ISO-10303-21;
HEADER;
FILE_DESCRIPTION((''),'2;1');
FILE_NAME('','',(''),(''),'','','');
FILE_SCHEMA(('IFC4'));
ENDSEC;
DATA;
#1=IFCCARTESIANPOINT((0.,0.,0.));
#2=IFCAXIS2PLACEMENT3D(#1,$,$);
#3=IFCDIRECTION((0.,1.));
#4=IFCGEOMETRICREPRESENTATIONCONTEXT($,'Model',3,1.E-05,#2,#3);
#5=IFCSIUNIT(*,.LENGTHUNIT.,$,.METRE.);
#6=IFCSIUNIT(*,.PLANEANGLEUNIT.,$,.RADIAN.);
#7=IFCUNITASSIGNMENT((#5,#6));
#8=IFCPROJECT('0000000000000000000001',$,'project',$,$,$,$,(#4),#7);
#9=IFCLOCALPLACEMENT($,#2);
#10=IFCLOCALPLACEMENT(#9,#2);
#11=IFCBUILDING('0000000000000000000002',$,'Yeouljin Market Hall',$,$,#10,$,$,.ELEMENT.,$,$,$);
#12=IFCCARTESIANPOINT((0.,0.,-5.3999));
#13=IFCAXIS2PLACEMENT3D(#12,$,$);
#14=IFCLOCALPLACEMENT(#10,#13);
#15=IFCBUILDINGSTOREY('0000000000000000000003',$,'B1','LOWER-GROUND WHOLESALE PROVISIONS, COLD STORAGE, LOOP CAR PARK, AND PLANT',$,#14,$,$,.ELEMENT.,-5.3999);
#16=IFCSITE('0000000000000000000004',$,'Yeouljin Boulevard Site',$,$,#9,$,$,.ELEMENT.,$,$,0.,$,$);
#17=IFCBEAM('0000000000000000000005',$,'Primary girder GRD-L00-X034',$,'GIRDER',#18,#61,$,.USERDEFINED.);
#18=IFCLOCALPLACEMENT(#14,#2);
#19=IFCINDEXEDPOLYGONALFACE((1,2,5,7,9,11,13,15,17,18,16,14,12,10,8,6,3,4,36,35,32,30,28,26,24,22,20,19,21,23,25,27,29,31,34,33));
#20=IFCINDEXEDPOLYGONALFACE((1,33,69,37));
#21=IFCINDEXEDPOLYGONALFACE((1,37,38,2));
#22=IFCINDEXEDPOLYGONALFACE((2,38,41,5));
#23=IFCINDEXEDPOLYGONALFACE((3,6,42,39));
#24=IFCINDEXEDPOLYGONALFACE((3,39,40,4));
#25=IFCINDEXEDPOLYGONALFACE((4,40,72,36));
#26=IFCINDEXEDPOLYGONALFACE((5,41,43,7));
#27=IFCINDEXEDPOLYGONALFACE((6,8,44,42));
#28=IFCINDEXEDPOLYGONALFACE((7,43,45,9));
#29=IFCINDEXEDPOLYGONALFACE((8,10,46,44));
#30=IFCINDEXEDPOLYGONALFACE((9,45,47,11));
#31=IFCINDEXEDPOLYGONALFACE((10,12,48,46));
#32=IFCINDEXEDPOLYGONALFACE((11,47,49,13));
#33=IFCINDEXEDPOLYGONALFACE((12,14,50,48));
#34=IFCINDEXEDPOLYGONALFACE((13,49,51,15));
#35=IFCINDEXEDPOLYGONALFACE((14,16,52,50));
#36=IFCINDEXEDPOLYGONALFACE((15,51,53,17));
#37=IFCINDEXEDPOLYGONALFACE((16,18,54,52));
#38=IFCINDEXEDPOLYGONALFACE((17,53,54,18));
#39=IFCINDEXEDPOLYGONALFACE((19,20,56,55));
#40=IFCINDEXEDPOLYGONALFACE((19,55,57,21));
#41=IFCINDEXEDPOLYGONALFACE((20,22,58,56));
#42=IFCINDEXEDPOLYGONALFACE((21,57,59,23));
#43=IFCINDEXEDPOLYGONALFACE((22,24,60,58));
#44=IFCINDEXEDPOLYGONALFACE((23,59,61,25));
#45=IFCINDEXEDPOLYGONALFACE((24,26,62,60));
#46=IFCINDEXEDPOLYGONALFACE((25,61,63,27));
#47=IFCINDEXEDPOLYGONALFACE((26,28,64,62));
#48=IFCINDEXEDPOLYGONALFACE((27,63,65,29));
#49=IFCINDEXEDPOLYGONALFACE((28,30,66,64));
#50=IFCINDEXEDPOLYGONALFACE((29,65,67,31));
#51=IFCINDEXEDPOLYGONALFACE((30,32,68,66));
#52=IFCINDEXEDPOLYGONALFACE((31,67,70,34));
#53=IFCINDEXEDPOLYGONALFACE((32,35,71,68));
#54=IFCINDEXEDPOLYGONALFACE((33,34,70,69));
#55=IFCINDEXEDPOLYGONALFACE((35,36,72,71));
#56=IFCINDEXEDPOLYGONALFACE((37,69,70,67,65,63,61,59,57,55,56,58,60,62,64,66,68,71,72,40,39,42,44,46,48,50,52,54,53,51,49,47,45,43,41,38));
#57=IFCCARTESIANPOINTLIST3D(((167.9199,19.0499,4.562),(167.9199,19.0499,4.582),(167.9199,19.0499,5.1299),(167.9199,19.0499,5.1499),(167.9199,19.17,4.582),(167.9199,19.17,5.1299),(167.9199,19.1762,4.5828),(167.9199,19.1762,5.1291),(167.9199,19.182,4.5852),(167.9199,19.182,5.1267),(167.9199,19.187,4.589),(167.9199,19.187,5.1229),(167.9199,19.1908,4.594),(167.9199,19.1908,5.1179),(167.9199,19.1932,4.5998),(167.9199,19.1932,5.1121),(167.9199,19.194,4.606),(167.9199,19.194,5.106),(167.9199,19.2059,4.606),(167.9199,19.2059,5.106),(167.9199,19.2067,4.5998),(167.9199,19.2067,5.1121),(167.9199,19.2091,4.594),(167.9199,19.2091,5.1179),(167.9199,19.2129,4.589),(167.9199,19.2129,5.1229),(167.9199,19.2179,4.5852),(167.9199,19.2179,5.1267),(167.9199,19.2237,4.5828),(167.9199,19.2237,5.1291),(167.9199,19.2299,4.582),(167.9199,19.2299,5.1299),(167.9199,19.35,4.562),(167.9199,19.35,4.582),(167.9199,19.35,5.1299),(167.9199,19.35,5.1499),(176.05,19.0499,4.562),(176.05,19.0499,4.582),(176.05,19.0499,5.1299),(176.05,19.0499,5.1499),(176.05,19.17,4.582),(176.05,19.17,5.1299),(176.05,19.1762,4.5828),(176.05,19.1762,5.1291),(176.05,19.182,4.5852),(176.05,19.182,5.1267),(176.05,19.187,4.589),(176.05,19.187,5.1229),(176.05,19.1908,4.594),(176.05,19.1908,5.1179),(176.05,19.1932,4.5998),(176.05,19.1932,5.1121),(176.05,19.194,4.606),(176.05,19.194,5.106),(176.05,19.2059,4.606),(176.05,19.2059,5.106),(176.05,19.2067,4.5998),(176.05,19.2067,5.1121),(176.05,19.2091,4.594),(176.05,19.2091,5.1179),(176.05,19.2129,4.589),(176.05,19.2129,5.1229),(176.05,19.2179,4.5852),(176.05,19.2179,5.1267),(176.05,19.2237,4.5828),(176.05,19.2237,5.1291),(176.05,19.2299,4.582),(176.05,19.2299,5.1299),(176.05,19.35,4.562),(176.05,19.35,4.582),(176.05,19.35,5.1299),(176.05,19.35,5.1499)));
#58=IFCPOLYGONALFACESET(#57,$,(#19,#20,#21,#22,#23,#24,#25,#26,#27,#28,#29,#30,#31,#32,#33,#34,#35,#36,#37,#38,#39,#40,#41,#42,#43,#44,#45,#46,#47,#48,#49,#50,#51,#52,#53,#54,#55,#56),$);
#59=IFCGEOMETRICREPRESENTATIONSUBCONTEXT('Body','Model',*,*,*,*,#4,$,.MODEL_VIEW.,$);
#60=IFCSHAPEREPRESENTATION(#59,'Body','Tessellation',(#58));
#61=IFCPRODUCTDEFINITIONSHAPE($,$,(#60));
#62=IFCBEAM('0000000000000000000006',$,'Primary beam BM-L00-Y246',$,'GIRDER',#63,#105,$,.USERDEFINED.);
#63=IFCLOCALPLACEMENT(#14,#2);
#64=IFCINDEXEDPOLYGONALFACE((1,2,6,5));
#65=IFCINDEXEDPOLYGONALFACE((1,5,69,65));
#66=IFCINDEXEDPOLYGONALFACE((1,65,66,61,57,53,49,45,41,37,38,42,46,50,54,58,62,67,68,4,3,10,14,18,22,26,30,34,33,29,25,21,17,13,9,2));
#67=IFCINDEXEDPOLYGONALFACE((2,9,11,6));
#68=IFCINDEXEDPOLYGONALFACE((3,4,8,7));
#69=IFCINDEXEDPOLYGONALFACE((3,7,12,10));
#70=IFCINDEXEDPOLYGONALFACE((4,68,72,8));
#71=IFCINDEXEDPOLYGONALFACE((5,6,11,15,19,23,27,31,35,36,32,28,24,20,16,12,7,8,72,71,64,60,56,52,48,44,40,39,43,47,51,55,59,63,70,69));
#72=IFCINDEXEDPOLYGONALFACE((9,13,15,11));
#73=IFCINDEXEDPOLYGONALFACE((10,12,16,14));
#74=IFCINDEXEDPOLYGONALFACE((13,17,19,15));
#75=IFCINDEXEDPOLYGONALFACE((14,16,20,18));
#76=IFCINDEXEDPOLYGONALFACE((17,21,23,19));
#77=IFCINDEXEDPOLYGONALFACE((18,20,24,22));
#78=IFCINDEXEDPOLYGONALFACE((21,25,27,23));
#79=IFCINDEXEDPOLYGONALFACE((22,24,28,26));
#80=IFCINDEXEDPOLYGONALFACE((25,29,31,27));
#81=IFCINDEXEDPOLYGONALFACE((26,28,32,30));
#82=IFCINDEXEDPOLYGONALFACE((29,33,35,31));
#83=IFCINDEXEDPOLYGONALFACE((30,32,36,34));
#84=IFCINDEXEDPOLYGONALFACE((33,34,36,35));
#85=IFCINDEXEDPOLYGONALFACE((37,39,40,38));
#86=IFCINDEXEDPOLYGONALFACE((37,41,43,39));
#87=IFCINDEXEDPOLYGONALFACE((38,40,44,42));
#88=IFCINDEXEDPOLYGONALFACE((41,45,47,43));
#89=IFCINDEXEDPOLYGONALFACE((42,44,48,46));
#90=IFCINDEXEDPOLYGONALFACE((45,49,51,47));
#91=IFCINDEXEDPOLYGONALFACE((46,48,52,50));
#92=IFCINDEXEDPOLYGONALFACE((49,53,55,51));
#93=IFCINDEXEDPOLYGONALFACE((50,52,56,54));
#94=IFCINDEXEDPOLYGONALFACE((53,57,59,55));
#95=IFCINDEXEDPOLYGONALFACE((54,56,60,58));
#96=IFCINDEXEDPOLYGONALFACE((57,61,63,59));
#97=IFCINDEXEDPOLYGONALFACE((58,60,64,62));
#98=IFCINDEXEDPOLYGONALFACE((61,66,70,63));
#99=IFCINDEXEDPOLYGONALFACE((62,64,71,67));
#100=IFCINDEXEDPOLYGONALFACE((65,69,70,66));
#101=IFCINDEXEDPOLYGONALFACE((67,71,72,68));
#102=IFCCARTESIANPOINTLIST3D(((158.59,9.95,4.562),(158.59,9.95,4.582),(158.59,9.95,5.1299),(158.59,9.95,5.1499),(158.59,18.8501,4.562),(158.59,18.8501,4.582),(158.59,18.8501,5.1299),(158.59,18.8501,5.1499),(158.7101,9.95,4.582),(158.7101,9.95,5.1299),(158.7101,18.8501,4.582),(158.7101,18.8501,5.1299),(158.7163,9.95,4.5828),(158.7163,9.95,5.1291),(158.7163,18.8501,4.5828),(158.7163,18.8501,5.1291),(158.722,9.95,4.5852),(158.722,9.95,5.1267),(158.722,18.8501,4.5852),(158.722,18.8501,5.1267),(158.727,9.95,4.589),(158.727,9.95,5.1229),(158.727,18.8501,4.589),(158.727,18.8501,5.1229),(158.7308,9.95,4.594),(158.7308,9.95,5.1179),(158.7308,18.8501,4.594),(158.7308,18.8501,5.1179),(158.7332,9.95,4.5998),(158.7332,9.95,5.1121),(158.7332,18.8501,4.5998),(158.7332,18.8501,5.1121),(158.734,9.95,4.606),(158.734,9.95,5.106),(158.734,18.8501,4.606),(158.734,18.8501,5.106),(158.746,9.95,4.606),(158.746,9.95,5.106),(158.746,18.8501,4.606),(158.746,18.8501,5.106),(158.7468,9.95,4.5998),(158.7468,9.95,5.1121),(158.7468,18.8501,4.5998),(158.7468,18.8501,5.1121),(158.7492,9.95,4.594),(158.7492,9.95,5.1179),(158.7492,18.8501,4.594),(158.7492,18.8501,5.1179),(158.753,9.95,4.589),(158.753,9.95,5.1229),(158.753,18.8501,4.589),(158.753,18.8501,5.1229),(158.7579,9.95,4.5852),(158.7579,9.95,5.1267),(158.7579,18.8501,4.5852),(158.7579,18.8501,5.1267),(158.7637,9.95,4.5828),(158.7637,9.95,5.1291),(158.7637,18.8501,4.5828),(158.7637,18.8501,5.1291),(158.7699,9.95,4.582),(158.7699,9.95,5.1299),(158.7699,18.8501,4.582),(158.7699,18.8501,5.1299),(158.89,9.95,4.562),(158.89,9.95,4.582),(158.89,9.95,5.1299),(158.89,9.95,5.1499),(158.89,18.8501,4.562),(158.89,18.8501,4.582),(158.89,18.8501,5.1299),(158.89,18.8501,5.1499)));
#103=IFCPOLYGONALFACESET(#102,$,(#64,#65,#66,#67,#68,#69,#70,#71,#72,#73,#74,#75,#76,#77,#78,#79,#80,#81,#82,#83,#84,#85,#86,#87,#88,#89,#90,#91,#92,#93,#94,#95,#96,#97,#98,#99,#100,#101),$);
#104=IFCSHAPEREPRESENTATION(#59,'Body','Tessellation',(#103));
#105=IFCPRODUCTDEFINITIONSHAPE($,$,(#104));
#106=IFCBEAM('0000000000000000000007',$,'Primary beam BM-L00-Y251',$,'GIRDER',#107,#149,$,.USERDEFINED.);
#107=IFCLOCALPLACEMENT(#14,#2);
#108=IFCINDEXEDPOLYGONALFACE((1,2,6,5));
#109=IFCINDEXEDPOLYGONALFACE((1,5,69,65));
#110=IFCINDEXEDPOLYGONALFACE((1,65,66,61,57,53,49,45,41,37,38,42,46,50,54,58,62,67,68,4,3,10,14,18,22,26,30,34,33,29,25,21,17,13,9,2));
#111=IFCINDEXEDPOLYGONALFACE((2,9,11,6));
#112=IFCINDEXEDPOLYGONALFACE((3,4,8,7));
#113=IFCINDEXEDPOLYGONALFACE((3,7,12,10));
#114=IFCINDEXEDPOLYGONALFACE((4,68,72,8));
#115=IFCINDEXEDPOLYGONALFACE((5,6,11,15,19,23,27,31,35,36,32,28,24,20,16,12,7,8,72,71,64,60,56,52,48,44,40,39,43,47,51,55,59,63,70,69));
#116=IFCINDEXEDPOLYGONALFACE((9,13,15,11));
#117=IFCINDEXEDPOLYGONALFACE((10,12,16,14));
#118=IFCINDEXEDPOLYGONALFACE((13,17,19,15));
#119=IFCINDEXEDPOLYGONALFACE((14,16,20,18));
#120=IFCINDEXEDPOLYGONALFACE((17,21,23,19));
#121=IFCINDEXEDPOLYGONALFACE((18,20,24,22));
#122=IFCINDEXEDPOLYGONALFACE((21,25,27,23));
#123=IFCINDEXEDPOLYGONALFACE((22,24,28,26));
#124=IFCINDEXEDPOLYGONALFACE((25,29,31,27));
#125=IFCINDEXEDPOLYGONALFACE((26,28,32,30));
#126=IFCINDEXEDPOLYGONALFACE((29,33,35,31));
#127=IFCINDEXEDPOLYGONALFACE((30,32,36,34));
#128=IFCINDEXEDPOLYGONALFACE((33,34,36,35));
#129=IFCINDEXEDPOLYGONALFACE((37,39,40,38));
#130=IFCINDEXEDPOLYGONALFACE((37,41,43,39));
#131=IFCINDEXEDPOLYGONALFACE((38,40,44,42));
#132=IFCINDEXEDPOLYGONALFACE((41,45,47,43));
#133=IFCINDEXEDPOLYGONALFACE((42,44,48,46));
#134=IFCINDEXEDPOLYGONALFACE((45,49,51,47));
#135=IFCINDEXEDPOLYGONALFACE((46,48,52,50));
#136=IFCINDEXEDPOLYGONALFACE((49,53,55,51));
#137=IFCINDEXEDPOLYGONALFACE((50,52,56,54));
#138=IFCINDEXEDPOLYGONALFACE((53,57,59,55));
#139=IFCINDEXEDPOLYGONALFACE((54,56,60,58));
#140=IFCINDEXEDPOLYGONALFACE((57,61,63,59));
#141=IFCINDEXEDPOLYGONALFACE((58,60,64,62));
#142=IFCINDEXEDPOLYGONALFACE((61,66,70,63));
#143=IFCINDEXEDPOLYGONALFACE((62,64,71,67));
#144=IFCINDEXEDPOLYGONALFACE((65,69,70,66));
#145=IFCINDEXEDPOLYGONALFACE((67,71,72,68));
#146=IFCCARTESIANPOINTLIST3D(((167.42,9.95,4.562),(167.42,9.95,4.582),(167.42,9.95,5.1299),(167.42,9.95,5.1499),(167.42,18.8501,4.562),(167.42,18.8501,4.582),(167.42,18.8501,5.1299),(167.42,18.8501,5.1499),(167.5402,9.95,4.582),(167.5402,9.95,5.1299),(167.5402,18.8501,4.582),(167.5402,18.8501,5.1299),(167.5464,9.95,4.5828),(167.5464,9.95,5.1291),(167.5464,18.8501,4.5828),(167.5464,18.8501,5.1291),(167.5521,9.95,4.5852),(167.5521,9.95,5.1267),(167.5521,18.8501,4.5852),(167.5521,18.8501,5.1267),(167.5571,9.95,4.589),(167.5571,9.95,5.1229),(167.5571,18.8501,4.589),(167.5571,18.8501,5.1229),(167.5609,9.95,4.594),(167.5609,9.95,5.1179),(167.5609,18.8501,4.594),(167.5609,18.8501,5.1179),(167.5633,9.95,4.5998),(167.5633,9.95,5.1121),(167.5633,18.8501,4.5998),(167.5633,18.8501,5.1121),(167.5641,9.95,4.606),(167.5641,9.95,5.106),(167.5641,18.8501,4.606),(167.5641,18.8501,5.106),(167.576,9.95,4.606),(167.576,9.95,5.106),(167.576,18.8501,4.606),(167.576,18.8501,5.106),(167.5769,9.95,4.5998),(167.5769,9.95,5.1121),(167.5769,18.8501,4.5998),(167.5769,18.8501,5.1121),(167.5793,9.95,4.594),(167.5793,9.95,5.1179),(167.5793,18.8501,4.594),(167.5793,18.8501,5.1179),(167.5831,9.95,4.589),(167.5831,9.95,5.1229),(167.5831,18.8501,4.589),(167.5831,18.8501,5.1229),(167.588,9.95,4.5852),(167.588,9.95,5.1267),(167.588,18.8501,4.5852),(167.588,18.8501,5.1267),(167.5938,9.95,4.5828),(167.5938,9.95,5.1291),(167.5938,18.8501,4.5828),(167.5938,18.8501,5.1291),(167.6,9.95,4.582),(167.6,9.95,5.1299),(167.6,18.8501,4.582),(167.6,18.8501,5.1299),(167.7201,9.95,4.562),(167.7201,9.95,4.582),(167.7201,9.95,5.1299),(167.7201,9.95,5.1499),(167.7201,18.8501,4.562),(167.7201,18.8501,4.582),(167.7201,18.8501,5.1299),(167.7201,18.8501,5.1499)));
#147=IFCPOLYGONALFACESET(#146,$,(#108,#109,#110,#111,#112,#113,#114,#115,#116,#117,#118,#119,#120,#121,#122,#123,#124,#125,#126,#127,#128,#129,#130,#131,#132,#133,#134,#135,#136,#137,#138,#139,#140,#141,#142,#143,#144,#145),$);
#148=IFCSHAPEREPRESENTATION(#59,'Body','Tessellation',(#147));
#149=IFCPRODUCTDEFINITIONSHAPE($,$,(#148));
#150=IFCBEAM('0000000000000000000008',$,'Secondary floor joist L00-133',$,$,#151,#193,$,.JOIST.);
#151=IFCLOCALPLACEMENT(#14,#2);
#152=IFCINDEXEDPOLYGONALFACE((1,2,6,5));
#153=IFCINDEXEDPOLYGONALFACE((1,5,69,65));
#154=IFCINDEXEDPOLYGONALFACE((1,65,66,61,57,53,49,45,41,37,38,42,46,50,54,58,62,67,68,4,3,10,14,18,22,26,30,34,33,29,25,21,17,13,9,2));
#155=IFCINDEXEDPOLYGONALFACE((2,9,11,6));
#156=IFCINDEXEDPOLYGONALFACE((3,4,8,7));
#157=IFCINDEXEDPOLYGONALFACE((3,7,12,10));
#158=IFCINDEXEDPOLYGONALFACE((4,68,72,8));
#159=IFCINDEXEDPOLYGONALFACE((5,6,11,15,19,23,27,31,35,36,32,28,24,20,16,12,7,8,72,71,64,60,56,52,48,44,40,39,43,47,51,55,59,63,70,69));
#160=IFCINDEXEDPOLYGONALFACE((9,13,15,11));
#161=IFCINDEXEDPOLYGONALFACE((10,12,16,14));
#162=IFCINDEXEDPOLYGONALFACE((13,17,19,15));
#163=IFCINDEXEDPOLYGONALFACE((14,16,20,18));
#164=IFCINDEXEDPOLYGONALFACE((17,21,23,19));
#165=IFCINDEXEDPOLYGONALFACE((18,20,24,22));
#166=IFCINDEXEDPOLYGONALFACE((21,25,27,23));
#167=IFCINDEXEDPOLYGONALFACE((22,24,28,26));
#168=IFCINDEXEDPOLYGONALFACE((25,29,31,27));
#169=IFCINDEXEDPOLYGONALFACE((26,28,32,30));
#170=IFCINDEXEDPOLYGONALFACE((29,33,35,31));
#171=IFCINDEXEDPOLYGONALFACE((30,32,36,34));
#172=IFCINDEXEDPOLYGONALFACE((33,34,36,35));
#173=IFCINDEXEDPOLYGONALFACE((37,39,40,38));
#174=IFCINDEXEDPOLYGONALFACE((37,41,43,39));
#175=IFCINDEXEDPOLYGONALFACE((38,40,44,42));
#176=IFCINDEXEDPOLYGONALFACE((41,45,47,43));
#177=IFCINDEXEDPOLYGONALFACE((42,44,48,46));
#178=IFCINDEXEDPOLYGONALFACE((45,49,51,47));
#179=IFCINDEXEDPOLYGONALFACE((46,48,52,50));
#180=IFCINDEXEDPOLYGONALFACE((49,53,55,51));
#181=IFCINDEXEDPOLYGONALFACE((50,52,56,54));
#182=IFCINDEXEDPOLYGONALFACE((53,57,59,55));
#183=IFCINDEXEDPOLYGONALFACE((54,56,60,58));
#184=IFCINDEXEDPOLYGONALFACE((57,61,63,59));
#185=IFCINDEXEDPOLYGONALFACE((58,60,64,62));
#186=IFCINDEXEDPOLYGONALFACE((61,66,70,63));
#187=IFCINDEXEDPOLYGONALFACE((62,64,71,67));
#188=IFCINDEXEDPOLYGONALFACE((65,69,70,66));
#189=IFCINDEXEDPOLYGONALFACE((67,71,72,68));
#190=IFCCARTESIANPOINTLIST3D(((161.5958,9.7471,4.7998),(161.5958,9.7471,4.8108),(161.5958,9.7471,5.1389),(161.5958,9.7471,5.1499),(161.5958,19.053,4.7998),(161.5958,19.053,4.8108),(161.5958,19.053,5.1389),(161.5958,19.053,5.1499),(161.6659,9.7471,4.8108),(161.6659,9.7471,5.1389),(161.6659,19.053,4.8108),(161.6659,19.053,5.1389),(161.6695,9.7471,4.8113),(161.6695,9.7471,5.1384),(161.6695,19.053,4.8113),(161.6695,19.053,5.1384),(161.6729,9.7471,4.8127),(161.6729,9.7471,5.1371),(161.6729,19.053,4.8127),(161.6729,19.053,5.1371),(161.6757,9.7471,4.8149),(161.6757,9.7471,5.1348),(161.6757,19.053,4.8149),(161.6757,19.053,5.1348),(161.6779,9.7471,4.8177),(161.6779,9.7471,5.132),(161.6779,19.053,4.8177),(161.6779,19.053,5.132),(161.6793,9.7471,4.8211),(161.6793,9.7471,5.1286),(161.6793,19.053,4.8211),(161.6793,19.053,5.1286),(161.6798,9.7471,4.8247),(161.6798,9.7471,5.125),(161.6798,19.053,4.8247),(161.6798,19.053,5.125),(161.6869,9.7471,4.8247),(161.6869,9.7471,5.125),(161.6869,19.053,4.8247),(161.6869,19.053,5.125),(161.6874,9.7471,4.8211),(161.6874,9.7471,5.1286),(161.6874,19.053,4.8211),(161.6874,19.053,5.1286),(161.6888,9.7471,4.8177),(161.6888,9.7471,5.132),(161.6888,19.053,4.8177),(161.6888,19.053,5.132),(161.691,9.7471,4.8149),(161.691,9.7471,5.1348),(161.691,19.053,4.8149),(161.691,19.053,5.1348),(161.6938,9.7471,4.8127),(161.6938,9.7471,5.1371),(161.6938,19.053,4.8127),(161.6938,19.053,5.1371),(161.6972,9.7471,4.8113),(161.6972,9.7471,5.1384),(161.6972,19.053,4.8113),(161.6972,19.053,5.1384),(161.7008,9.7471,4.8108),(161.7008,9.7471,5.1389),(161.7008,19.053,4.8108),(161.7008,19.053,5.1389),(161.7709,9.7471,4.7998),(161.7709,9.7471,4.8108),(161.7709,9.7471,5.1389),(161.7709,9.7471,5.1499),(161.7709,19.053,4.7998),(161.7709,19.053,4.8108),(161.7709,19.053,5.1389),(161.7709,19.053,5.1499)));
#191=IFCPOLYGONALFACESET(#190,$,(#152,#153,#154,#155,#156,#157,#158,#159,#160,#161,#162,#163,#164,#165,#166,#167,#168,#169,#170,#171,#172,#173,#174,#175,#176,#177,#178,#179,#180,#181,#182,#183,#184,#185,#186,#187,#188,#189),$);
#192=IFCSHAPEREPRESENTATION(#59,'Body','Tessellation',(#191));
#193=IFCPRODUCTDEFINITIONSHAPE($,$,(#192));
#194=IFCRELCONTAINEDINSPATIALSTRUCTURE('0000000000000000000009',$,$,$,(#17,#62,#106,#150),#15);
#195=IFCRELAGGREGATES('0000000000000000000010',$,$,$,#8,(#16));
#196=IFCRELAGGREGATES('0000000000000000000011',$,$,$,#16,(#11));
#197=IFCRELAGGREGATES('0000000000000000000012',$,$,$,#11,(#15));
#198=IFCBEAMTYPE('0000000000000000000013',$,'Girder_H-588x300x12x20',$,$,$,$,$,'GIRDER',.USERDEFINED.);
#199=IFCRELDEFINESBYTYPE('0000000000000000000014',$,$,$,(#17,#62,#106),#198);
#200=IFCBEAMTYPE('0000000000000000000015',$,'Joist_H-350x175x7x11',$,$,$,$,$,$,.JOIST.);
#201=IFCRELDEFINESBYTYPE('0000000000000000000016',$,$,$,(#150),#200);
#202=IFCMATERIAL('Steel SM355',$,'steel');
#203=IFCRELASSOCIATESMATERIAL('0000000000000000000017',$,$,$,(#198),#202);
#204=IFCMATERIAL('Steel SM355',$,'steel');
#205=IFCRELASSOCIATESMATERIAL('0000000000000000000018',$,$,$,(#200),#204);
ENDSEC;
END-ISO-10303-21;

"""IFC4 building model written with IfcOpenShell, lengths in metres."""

from ifc_helpers import new_model, si_unit, direction, frame, origin, origin_2d, place, context, subcontext, project, spatial, i_section, extrude, material, material_profile, profile_set, type_object, element, save


model = new_model("IFC4")

# Units and contexts
model_context = context("Model", 3, precision=1e-05, world=origin(), true_north=direction((0.0, 1.0)))
body_context = subcontext(model_context, "Body", "Model", "MODEL_VIEW")
ifc_project = project(units=[si_unit("LENGTHUNIT", "METRE"), si_unit("PLANEANGLEUNIT", "RADIAN")], contexts=[model_context])

# Site, building, storey
site_placement = place(None, origin())
site = spatial("IfcSite", under=ifc_project, at=site_placement, Name="Yeouljin Boulevard Site", CompositionType="ELEMENT", RefElevation=0.0)
building_placement = place(site_placement, origin())
building = spatial("IfcBuilding", under=site, at=building_placement, Name="Yeouljin Market Hall", CompositionType="ELEMENT")
storey_placement = place(building_placement, frame((0.0, 0.0, -5.3999)))
storey = spatial("IfcBuildingStorey", under=building, at=storey_placement, Name="B1", Description="LOWER-GROUND WHOLESALE PROVISIONS, COLD STORAGE, LOOP CAR PARK, AND PLANT", CompositionType="ELEMENT", Elevation=-5.3999)

# Beams
ifc_material_1 = material(Name="Steel SM355", Category="steel")
ifc_material_profile_1 = material_profile(ifc_material_1, i_section(OverallWidth=0.3, OverallDepth=0.5879, WebThickness=0.012, FlangeThickness=0.02, FilletRadius=0.0239, at=origin_2d()), Name="H-588x300x12x20")
ifc_profile_set_1 = profile_set([ifc_material_profile_1], Name="Steel SM355")
beam_type_1 = type_object("IfcBeamType", Name="Girder_H-588x300x12x20", ElementType="GIRDER", PredefinedType="USERDEFINED", material=ifc_profile_set_1)
beam_1_placement = place(storey_placement, frame((167.9199, 19.2, 4.856), z_axis=(1.0, 0.0, 0.0), x_axis=(0.0, 1.0, 0.0)))
element("IfcBeam", 1, at=beam_1_placement, inside=storey, type_object=beam_type_1, Name="Primary girder GRD-L00-X034", ObjectType="GIRDER", PredefinedType="USERDEFINED", context=body_context, shape_type="SweptSolid", body=[
    extrude(i_section(OverallWidth=0.3, OverallDepth=0.5879, WebThickness=0.012, FlangeThickness=0.02, FilletRadius=0.0239, at=origin_2d()), origin(), (0.0, 0.0, 1.0), 8.1301),
])
for number, where, z_axis, x_axis, name in (
    (2, (158.74, 9.95, 4.856), (0.0, 1.0, 0.0), (-1.0, 0.0, 0.0), "Primary beam BM-L00-Y246"),
    (3, (167.5701, 9.95, 4.856), (0.0, 1.0, 0.0), (-1.0, 0.0, 0.0), "Primary beam BM-L00-Y251"),
):
    element("IfcBeam", number, at=place(storey_placement, frame(where, z_axis=z_axis, x_axis=x_axis)), inside=storey, type_object=beam_type_1, Name=name, ObjectType="GIRDER", PredefinedType="USERDEFINED", context=body_context, shape_type="SweptSolid", body=[
        extrude(i_section(OverallWidth=0.3, OverallDepth=0.5879, WebThickness=0.012, FlangeThickness=0.02, FilletRadius=0.0239, at=origin_2d()), origin(), (0.0, 0.0, 1.0), 8.9001),
    ])
ifc_material_2 = material(Name="Steel SM355", Category="steel")
ifc_material_profile_2 = material_profile(ifc_material_2, i_section(OverallWidth=0.175, OverallDepth=0.3501, WebThickness=0.0071, FlangeThickness=0.011, FilletRadius=0.0139, at=origin_2d()), Name="H-350x175x7x11")
ifc_profile_set_2 = profile_set([ifc_material_profile_2], Name="Steel SM355")
beam_type_2 = type_object("IfcBeamType", Name="Joist_H-350x175x7x11", PredefinedType="JOIST", material=ifc_profile_set_2)
for number, where, z_axis, x_axis, name in (
    (4, (161.6833, 9.7471, 4.9749), (0.0, 1.0, 0.0), (-1.0, 0.0, 0.0), "Secondary floor joist L00-133"),
):
    element("IfcBeam", number, at=place(storey_placement, frame(where, z_axis=z_axis, x_axis=x_axis)), inside=storey, type_object=beam_type_2, Name=name, PredefinedType="JOIST", context=body_context, shape_type="SweptSolid", body=[
        extrude(i_section(OverallWidth=0.175, OverallDepth=0.3501, WebThickness=0.0071, FlangeThickness=0.011, FilletRadius=0.0139, at=origin_2d()), origin(), (0.0, 0.0, 1.0), 9.3059),
    ])

save(model, "model.ifc")
